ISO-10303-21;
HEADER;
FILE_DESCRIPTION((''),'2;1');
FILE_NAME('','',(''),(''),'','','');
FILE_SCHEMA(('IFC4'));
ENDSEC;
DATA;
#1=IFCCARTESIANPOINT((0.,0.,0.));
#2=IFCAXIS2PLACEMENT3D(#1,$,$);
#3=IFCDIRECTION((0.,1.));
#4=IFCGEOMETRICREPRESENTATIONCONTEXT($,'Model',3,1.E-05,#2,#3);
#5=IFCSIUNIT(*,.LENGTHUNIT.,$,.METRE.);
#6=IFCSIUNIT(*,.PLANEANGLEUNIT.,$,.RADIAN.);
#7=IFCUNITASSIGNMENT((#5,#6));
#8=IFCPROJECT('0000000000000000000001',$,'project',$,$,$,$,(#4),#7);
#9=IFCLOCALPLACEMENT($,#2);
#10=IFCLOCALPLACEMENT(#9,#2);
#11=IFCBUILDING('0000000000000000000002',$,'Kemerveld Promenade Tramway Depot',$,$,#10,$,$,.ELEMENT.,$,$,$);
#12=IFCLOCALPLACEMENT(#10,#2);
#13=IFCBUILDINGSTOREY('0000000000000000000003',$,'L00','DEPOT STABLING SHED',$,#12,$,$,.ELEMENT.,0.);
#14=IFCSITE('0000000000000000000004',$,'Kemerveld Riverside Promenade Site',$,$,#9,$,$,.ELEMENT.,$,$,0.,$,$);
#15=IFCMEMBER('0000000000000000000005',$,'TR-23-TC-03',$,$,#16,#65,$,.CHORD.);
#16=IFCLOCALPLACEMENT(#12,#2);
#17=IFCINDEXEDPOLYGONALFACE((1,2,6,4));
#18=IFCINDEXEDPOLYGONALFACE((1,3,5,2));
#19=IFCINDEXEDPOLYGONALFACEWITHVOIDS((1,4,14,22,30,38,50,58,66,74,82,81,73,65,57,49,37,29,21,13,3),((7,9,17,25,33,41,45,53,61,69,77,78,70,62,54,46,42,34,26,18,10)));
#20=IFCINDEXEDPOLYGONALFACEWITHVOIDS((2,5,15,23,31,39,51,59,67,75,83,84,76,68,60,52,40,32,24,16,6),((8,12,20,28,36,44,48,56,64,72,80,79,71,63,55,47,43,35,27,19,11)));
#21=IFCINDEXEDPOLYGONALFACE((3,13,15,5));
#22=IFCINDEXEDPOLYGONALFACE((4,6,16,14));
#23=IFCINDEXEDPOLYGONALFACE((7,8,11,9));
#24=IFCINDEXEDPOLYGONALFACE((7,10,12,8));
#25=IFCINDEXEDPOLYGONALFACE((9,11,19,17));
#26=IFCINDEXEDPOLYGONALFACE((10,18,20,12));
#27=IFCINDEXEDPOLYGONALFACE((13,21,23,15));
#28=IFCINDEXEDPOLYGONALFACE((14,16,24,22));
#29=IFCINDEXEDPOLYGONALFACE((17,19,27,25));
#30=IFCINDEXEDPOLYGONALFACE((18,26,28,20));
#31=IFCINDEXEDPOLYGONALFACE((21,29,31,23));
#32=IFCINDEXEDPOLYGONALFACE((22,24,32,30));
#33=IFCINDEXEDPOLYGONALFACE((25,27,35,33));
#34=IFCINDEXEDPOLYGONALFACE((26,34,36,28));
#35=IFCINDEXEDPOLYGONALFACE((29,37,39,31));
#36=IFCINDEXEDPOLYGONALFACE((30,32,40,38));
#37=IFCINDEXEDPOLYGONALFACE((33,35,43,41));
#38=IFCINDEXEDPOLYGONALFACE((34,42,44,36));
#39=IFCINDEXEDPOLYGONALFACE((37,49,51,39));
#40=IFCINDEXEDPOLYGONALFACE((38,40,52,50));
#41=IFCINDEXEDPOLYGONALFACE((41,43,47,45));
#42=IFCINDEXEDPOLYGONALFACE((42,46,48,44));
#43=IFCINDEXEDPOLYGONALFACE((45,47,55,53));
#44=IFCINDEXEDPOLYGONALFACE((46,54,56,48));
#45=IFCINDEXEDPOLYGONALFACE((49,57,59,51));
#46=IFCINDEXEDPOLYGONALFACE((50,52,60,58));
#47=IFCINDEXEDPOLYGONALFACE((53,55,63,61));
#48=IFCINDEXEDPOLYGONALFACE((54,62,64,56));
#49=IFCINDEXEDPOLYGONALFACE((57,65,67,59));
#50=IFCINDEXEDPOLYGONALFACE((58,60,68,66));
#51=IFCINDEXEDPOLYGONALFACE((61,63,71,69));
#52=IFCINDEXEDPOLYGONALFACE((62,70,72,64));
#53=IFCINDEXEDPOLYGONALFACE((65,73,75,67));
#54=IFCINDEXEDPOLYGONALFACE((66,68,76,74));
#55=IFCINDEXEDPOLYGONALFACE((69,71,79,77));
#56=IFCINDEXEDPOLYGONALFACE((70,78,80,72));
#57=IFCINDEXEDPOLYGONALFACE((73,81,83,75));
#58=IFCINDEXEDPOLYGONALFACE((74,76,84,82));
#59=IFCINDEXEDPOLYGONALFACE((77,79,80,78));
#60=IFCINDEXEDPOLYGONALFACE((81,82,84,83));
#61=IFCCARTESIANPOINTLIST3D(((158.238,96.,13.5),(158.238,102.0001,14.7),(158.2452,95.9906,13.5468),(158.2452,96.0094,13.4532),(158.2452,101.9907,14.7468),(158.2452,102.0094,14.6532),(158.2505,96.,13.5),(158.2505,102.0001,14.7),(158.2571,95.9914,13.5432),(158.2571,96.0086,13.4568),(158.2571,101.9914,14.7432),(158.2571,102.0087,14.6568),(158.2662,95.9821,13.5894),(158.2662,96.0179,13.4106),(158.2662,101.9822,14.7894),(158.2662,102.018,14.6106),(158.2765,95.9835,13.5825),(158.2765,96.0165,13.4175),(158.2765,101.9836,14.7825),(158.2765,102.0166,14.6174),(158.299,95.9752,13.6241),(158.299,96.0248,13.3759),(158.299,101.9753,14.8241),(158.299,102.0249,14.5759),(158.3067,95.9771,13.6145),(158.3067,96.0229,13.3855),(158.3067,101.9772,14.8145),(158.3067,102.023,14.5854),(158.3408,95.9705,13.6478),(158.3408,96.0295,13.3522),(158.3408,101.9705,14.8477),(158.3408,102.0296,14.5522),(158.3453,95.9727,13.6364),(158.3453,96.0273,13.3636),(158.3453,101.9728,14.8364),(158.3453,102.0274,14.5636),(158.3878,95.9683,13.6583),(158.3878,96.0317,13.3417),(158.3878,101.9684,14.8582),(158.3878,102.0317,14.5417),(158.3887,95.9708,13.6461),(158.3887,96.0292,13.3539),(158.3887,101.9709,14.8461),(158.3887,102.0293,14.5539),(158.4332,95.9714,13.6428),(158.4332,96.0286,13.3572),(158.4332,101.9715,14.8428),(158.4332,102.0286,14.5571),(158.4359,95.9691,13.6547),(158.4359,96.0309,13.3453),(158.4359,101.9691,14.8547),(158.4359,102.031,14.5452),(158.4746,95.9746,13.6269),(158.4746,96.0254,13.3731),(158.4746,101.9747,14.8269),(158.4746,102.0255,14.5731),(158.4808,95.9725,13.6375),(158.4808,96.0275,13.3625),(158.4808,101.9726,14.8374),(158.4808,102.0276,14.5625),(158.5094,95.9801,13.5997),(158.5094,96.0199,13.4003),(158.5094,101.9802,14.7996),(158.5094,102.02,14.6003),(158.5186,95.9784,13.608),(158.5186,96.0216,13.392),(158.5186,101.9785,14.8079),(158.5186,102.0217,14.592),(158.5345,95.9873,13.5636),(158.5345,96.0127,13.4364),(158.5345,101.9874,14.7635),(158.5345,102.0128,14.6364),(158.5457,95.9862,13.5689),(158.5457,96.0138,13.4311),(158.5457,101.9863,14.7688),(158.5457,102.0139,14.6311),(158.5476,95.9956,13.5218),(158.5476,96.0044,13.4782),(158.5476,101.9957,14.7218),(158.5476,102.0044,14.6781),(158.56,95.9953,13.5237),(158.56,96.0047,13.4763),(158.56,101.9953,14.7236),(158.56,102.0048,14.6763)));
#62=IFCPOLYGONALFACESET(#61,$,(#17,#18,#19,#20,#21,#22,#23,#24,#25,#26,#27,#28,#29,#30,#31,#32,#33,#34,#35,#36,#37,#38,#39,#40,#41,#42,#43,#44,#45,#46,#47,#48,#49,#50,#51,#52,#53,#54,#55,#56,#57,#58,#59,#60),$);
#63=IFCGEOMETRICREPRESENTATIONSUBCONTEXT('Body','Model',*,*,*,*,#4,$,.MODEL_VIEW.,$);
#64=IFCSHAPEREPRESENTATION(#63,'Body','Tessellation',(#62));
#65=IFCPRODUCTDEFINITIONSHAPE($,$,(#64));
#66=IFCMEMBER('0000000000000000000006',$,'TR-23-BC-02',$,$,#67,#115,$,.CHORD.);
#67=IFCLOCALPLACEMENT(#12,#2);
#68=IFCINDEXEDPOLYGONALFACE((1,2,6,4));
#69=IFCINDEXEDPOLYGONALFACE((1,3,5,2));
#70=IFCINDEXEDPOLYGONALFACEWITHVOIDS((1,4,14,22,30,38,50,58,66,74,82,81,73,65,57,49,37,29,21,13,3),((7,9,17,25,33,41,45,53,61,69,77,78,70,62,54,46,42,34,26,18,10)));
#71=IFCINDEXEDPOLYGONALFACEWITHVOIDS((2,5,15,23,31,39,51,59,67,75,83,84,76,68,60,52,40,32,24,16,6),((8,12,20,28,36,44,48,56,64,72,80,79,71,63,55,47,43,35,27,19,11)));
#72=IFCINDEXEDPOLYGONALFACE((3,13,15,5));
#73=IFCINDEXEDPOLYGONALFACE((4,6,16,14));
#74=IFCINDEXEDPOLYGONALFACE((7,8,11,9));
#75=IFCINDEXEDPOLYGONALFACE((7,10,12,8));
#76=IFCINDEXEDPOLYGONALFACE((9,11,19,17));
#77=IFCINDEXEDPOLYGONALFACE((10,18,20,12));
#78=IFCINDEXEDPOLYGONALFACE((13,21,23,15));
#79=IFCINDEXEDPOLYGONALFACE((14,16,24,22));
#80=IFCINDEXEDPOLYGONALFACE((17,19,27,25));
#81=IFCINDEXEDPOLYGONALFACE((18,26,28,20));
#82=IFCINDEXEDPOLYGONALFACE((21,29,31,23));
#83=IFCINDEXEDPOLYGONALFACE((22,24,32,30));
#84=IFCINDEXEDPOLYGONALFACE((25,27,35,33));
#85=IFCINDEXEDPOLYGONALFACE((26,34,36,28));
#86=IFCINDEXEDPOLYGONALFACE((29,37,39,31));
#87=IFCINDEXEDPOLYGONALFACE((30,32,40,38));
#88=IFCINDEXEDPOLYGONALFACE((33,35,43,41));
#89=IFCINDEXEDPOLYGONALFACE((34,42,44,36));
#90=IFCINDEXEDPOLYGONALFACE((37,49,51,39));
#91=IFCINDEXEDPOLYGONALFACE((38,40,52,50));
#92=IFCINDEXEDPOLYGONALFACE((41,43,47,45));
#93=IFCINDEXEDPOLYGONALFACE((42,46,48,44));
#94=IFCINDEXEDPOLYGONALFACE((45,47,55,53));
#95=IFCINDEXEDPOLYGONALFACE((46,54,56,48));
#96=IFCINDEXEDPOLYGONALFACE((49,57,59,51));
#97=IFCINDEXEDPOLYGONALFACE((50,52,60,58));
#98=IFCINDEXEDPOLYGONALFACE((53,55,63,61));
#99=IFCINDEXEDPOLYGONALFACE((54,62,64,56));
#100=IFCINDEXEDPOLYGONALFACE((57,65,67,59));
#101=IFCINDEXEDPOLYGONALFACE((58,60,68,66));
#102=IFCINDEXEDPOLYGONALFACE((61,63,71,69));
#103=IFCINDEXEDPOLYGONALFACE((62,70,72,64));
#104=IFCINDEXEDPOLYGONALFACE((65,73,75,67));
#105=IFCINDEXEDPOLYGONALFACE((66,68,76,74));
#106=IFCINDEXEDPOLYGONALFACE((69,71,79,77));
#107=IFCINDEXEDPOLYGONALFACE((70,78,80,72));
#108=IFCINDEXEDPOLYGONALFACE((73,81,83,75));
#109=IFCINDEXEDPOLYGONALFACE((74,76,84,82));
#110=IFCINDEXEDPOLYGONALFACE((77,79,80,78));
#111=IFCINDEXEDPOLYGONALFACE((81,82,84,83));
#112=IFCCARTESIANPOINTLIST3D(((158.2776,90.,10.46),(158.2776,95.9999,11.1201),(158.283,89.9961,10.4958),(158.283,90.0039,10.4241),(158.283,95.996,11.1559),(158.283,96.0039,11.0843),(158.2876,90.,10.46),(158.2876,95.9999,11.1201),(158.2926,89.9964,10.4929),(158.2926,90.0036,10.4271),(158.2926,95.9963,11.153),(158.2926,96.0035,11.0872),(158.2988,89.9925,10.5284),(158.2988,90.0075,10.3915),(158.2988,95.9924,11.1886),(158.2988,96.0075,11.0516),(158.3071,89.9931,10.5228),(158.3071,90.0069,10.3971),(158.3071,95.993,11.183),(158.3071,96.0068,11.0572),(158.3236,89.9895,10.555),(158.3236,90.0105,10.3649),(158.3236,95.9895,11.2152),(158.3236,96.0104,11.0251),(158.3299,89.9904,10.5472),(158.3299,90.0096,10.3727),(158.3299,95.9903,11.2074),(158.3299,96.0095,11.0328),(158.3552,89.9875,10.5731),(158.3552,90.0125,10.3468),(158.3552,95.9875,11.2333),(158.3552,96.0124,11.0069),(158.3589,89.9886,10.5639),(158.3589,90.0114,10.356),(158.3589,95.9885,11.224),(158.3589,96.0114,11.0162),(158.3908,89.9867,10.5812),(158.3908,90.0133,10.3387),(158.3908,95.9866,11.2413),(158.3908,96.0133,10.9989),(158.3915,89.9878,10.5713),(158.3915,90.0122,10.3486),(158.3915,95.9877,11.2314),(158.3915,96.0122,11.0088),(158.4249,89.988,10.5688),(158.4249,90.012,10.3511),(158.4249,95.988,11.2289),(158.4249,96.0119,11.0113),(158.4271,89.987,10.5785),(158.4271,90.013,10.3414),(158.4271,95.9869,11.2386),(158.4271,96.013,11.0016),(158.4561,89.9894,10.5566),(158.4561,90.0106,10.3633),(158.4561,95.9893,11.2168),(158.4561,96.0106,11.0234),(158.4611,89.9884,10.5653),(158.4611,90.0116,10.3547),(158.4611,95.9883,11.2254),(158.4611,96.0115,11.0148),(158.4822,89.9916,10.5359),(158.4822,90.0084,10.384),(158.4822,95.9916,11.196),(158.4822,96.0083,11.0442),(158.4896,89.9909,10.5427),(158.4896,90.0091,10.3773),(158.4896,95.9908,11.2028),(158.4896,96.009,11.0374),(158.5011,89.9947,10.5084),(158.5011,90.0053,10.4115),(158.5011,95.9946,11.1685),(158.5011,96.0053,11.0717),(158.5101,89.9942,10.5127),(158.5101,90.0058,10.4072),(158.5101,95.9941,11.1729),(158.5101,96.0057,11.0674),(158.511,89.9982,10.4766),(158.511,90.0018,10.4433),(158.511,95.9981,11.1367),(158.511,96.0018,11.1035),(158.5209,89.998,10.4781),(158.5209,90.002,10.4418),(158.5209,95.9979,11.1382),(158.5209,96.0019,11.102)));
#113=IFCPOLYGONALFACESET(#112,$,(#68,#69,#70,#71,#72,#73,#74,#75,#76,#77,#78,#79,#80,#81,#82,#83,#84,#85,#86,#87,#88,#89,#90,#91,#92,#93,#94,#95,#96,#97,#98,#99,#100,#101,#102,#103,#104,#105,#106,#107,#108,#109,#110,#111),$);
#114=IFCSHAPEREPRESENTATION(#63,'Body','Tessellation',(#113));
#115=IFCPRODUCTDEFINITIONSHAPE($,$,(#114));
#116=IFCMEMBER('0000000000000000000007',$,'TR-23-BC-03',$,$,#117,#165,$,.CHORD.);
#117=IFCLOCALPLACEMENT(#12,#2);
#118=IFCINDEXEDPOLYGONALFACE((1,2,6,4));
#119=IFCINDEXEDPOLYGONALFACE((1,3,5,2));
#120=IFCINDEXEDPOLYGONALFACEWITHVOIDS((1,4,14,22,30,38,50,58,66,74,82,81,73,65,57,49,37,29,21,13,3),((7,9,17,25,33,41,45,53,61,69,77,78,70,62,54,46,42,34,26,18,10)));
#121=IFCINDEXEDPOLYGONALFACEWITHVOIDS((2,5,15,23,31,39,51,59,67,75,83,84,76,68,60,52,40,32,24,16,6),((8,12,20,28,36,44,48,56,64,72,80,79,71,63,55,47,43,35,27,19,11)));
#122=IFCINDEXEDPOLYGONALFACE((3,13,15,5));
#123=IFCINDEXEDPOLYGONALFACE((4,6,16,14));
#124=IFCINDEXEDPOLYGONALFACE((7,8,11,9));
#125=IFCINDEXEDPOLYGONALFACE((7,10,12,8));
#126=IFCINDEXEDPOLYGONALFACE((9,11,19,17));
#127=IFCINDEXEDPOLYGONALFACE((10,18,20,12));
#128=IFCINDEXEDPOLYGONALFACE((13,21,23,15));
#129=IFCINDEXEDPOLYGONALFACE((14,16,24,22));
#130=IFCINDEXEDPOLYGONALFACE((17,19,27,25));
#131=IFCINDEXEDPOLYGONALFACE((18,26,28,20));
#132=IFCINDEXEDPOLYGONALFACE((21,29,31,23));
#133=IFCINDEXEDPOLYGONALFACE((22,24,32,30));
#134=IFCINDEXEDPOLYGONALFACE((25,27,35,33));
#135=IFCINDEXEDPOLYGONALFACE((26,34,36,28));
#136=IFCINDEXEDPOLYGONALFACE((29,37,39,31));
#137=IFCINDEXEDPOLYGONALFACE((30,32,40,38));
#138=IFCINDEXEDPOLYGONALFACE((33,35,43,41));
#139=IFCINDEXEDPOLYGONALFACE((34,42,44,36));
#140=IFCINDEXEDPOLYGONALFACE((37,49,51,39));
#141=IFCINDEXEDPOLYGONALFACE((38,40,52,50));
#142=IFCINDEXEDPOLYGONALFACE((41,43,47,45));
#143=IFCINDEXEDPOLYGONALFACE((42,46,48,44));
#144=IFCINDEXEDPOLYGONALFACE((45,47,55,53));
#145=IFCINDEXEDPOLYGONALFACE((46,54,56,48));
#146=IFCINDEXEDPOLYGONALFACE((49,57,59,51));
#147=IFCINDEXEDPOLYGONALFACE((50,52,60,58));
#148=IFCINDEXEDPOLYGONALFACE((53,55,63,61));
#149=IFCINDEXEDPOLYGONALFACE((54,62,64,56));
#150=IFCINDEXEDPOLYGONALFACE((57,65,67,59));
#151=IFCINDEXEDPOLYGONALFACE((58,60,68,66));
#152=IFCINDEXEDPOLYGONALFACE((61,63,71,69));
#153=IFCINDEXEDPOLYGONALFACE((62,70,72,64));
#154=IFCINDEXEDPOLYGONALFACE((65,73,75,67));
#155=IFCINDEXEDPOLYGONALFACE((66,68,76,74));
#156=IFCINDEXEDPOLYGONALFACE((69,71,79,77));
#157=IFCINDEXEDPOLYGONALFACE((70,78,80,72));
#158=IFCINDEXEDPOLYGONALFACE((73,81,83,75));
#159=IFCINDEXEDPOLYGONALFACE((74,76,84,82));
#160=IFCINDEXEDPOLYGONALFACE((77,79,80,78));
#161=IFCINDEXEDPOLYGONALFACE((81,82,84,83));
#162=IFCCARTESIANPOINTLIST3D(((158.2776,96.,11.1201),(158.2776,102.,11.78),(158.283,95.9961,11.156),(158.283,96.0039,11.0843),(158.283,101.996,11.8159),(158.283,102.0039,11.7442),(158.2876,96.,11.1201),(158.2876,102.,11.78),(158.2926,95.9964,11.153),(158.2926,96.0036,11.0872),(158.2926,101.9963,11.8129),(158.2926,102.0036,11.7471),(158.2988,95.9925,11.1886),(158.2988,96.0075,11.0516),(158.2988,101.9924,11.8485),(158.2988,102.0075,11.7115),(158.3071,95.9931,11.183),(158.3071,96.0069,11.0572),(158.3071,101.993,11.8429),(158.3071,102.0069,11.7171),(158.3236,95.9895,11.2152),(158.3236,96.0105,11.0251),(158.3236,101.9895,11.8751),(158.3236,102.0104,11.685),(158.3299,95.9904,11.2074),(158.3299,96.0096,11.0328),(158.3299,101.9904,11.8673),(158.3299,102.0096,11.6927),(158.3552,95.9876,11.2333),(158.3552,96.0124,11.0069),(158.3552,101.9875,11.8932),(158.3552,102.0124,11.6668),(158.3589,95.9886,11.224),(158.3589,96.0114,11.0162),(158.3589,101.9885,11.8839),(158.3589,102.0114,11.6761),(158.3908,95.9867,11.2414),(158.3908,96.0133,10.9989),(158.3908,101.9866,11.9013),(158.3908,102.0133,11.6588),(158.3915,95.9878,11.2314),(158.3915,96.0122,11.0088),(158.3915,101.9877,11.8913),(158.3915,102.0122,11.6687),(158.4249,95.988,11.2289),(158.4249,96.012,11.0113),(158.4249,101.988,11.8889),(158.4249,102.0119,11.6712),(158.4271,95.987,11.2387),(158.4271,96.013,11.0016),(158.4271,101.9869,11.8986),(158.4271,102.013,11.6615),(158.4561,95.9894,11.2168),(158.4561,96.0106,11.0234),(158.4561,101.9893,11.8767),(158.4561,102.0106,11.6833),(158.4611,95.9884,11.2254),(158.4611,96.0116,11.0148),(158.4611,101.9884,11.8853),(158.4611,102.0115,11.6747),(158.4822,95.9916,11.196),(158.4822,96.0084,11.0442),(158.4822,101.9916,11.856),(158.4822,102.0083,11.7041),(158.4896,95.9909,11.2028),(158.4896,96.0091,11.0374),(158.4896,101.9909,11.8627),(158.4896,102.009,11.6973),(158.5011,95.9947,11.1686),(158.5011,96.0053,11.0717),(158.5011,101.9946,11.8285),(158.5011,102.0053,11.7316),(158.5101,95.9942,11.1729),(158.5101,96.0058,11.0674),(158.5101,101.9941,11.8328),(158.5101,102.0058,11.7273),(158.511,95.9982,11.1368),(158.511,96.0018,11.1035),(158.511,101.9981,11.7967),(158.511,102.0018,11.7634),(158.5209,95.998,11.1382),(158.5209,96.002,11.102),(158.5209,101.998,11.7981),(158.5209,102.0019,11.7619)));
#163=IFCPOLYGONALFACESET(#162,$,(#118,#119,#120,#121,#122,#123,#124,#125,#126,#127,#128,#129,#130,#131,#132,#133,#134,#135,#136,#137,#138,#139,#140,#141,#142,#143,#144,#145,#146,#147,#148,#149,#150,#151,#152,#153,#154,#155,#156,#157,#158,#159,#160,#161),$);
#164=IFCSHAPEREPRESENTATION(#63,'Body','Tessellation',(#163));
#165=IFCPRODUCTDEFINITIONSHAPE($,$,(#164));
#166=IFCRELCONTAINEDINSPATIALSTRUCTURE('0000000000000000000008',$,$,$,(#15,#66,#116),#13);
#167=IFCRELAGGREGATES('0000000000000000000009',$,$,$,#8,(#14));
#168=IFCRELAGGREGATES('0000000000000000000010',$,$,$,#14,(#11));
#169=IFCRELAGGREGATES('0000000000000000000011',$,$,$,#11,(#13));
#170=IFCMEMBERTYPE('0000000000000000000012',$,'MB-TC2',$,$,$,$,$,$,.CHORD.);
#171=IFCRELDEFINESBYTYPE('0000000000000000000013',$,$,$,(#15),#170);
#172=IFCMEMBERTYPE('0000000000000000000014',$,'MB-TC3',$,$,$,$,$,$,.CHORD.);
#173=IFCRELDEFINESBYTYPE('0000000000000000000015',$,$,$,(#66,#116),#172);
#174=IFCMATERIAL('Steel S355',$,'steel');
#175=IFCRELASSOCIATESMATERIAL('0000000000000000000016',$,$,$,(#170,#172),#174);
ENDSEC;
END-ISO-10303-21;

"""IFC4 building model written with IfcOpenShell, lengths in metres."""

from ifc_helpers import new_model, si_unit, direction, frame, origin, origin_2d, place, context, subcontext, project, spatial, hollow_circle, extrude, material, material_profile, profile_set, type_object, element, save


model = new_model("IFC4")

# Units and contexts
model_context = context("Model", 3, precision=1e-05, world=origin(), true_north=direction((0.0, 1.0)))
body_context = subcontext(model_context, "Body", "Model", "MODEL_VIEW")
ifc_project = project(units=[si_unit("LENGTHUNIT", "METRE"), si_unit("PLANEANGLEUNIT", "RADIAN")], contexts=[model_context])

# Site, building, storey
site_placement = place(None, origin())
site = spatial("IfcSite", under=ifc_project, at=site_placement, Name="Kemerveld Riverside Promenade Site", CompositionType="ELEMENT", RefElevation=0.0)
building_placement = place(site_placement, origin())
building = spatial("IfcBuilding", under=site, at=building_placement, Name="Kemerveld Promenade Tramway Depot", CompositionType="ELEMENT")
storey_placement = place(building_placement, origin())
storey = spatial("IfcBuildingStorey", under=building, at=storey_placement, Name="L00", Description="DEPOT STABLING SHED", CompositionType="ELEMENT", Elevation=0.0)

# Members
ifc_material_1 = material(Name="Steel S355", Category="steel")
ifc_material_profile_1 = material_profile(ifc_material_1, hollow_circle(Radius=0.1619, WallThickness=0.0125, at=origin_2d()), Name="323.9x12.5 CHS")
ifc_profile_set_1 = profile_set([ifc_material_profile_1], Name="Steel S355")
member_type_1 = type_object("IfcMemberType", Name="MB-TC2", PredefinedType="CHORD", material=ifc_profile_set_1)
for number, where, z_axis, x_axis, name in (
    (1, (158.3999, 96.0, 13.5), (0.0, 0.980582, 0.196108), (-1.0, 0.0, 0.0), "TR-23-TC-03"),
):
    element("IfcMember", number, at=place(storey_placement, frame(where, z_axis=z_axis, x_axis=x_axis)), inside=storey, type_object=member_type_1, Name=name, PredefinedType="CHORD", context=body_context, shape_type="SweptSolid", body=[
        extrude(hollow_circle(Radius=0.1619, WallThickness=0.0125, at=origin_2d()), origin(), (0.0, 0.0, 1.0), 6.1189),
    ])
ifc_material_profile_2 = material_profile(ifc_material_1, hollow_circle(Radius=0.1223, WallThickness=0.01, at=origin_2d()), Name="244.5x10.0 CHS")
ifc_profile_set_2 = profile_set([ifc_material_profile_2], Name="Steel S355")
member_type_2 = type_object("IfcMemberType", Name="MB-TC3", PredefinedType="CHORD", material=ifc_profile_set_2)
for number, where, z_axis, x_axis, name in (
    (2, (158.3999, 90.0, 10.46), (0.0, 0.994002, 0.109366), (-1.0, 0.0, 0.0), "TR-23-BC-02"),
    (3, (158.3999, 96.0, 11.1201), (0.0, 0.994006, 0.109326), (-1.0, 0.0, 0.0), "TR-23-BC-03"),
):
    element("IfcMember", number, at=place(storey_placement, frame(where, z_axis=z_axis, x_axis=x_axis)), inside=storey, type_object=member_type_2, Name=name, PredefinedType="CHORD", context=body_context, shape_type="SweptSolid", body=[
        extrude(hollow_circle(Radius=0.1223, WallThickness=0.01, at=origin_2d()), origin(), (0.0, 0.0, 1.0), 6.0361),
    ])

save(model, "model.ifc")
